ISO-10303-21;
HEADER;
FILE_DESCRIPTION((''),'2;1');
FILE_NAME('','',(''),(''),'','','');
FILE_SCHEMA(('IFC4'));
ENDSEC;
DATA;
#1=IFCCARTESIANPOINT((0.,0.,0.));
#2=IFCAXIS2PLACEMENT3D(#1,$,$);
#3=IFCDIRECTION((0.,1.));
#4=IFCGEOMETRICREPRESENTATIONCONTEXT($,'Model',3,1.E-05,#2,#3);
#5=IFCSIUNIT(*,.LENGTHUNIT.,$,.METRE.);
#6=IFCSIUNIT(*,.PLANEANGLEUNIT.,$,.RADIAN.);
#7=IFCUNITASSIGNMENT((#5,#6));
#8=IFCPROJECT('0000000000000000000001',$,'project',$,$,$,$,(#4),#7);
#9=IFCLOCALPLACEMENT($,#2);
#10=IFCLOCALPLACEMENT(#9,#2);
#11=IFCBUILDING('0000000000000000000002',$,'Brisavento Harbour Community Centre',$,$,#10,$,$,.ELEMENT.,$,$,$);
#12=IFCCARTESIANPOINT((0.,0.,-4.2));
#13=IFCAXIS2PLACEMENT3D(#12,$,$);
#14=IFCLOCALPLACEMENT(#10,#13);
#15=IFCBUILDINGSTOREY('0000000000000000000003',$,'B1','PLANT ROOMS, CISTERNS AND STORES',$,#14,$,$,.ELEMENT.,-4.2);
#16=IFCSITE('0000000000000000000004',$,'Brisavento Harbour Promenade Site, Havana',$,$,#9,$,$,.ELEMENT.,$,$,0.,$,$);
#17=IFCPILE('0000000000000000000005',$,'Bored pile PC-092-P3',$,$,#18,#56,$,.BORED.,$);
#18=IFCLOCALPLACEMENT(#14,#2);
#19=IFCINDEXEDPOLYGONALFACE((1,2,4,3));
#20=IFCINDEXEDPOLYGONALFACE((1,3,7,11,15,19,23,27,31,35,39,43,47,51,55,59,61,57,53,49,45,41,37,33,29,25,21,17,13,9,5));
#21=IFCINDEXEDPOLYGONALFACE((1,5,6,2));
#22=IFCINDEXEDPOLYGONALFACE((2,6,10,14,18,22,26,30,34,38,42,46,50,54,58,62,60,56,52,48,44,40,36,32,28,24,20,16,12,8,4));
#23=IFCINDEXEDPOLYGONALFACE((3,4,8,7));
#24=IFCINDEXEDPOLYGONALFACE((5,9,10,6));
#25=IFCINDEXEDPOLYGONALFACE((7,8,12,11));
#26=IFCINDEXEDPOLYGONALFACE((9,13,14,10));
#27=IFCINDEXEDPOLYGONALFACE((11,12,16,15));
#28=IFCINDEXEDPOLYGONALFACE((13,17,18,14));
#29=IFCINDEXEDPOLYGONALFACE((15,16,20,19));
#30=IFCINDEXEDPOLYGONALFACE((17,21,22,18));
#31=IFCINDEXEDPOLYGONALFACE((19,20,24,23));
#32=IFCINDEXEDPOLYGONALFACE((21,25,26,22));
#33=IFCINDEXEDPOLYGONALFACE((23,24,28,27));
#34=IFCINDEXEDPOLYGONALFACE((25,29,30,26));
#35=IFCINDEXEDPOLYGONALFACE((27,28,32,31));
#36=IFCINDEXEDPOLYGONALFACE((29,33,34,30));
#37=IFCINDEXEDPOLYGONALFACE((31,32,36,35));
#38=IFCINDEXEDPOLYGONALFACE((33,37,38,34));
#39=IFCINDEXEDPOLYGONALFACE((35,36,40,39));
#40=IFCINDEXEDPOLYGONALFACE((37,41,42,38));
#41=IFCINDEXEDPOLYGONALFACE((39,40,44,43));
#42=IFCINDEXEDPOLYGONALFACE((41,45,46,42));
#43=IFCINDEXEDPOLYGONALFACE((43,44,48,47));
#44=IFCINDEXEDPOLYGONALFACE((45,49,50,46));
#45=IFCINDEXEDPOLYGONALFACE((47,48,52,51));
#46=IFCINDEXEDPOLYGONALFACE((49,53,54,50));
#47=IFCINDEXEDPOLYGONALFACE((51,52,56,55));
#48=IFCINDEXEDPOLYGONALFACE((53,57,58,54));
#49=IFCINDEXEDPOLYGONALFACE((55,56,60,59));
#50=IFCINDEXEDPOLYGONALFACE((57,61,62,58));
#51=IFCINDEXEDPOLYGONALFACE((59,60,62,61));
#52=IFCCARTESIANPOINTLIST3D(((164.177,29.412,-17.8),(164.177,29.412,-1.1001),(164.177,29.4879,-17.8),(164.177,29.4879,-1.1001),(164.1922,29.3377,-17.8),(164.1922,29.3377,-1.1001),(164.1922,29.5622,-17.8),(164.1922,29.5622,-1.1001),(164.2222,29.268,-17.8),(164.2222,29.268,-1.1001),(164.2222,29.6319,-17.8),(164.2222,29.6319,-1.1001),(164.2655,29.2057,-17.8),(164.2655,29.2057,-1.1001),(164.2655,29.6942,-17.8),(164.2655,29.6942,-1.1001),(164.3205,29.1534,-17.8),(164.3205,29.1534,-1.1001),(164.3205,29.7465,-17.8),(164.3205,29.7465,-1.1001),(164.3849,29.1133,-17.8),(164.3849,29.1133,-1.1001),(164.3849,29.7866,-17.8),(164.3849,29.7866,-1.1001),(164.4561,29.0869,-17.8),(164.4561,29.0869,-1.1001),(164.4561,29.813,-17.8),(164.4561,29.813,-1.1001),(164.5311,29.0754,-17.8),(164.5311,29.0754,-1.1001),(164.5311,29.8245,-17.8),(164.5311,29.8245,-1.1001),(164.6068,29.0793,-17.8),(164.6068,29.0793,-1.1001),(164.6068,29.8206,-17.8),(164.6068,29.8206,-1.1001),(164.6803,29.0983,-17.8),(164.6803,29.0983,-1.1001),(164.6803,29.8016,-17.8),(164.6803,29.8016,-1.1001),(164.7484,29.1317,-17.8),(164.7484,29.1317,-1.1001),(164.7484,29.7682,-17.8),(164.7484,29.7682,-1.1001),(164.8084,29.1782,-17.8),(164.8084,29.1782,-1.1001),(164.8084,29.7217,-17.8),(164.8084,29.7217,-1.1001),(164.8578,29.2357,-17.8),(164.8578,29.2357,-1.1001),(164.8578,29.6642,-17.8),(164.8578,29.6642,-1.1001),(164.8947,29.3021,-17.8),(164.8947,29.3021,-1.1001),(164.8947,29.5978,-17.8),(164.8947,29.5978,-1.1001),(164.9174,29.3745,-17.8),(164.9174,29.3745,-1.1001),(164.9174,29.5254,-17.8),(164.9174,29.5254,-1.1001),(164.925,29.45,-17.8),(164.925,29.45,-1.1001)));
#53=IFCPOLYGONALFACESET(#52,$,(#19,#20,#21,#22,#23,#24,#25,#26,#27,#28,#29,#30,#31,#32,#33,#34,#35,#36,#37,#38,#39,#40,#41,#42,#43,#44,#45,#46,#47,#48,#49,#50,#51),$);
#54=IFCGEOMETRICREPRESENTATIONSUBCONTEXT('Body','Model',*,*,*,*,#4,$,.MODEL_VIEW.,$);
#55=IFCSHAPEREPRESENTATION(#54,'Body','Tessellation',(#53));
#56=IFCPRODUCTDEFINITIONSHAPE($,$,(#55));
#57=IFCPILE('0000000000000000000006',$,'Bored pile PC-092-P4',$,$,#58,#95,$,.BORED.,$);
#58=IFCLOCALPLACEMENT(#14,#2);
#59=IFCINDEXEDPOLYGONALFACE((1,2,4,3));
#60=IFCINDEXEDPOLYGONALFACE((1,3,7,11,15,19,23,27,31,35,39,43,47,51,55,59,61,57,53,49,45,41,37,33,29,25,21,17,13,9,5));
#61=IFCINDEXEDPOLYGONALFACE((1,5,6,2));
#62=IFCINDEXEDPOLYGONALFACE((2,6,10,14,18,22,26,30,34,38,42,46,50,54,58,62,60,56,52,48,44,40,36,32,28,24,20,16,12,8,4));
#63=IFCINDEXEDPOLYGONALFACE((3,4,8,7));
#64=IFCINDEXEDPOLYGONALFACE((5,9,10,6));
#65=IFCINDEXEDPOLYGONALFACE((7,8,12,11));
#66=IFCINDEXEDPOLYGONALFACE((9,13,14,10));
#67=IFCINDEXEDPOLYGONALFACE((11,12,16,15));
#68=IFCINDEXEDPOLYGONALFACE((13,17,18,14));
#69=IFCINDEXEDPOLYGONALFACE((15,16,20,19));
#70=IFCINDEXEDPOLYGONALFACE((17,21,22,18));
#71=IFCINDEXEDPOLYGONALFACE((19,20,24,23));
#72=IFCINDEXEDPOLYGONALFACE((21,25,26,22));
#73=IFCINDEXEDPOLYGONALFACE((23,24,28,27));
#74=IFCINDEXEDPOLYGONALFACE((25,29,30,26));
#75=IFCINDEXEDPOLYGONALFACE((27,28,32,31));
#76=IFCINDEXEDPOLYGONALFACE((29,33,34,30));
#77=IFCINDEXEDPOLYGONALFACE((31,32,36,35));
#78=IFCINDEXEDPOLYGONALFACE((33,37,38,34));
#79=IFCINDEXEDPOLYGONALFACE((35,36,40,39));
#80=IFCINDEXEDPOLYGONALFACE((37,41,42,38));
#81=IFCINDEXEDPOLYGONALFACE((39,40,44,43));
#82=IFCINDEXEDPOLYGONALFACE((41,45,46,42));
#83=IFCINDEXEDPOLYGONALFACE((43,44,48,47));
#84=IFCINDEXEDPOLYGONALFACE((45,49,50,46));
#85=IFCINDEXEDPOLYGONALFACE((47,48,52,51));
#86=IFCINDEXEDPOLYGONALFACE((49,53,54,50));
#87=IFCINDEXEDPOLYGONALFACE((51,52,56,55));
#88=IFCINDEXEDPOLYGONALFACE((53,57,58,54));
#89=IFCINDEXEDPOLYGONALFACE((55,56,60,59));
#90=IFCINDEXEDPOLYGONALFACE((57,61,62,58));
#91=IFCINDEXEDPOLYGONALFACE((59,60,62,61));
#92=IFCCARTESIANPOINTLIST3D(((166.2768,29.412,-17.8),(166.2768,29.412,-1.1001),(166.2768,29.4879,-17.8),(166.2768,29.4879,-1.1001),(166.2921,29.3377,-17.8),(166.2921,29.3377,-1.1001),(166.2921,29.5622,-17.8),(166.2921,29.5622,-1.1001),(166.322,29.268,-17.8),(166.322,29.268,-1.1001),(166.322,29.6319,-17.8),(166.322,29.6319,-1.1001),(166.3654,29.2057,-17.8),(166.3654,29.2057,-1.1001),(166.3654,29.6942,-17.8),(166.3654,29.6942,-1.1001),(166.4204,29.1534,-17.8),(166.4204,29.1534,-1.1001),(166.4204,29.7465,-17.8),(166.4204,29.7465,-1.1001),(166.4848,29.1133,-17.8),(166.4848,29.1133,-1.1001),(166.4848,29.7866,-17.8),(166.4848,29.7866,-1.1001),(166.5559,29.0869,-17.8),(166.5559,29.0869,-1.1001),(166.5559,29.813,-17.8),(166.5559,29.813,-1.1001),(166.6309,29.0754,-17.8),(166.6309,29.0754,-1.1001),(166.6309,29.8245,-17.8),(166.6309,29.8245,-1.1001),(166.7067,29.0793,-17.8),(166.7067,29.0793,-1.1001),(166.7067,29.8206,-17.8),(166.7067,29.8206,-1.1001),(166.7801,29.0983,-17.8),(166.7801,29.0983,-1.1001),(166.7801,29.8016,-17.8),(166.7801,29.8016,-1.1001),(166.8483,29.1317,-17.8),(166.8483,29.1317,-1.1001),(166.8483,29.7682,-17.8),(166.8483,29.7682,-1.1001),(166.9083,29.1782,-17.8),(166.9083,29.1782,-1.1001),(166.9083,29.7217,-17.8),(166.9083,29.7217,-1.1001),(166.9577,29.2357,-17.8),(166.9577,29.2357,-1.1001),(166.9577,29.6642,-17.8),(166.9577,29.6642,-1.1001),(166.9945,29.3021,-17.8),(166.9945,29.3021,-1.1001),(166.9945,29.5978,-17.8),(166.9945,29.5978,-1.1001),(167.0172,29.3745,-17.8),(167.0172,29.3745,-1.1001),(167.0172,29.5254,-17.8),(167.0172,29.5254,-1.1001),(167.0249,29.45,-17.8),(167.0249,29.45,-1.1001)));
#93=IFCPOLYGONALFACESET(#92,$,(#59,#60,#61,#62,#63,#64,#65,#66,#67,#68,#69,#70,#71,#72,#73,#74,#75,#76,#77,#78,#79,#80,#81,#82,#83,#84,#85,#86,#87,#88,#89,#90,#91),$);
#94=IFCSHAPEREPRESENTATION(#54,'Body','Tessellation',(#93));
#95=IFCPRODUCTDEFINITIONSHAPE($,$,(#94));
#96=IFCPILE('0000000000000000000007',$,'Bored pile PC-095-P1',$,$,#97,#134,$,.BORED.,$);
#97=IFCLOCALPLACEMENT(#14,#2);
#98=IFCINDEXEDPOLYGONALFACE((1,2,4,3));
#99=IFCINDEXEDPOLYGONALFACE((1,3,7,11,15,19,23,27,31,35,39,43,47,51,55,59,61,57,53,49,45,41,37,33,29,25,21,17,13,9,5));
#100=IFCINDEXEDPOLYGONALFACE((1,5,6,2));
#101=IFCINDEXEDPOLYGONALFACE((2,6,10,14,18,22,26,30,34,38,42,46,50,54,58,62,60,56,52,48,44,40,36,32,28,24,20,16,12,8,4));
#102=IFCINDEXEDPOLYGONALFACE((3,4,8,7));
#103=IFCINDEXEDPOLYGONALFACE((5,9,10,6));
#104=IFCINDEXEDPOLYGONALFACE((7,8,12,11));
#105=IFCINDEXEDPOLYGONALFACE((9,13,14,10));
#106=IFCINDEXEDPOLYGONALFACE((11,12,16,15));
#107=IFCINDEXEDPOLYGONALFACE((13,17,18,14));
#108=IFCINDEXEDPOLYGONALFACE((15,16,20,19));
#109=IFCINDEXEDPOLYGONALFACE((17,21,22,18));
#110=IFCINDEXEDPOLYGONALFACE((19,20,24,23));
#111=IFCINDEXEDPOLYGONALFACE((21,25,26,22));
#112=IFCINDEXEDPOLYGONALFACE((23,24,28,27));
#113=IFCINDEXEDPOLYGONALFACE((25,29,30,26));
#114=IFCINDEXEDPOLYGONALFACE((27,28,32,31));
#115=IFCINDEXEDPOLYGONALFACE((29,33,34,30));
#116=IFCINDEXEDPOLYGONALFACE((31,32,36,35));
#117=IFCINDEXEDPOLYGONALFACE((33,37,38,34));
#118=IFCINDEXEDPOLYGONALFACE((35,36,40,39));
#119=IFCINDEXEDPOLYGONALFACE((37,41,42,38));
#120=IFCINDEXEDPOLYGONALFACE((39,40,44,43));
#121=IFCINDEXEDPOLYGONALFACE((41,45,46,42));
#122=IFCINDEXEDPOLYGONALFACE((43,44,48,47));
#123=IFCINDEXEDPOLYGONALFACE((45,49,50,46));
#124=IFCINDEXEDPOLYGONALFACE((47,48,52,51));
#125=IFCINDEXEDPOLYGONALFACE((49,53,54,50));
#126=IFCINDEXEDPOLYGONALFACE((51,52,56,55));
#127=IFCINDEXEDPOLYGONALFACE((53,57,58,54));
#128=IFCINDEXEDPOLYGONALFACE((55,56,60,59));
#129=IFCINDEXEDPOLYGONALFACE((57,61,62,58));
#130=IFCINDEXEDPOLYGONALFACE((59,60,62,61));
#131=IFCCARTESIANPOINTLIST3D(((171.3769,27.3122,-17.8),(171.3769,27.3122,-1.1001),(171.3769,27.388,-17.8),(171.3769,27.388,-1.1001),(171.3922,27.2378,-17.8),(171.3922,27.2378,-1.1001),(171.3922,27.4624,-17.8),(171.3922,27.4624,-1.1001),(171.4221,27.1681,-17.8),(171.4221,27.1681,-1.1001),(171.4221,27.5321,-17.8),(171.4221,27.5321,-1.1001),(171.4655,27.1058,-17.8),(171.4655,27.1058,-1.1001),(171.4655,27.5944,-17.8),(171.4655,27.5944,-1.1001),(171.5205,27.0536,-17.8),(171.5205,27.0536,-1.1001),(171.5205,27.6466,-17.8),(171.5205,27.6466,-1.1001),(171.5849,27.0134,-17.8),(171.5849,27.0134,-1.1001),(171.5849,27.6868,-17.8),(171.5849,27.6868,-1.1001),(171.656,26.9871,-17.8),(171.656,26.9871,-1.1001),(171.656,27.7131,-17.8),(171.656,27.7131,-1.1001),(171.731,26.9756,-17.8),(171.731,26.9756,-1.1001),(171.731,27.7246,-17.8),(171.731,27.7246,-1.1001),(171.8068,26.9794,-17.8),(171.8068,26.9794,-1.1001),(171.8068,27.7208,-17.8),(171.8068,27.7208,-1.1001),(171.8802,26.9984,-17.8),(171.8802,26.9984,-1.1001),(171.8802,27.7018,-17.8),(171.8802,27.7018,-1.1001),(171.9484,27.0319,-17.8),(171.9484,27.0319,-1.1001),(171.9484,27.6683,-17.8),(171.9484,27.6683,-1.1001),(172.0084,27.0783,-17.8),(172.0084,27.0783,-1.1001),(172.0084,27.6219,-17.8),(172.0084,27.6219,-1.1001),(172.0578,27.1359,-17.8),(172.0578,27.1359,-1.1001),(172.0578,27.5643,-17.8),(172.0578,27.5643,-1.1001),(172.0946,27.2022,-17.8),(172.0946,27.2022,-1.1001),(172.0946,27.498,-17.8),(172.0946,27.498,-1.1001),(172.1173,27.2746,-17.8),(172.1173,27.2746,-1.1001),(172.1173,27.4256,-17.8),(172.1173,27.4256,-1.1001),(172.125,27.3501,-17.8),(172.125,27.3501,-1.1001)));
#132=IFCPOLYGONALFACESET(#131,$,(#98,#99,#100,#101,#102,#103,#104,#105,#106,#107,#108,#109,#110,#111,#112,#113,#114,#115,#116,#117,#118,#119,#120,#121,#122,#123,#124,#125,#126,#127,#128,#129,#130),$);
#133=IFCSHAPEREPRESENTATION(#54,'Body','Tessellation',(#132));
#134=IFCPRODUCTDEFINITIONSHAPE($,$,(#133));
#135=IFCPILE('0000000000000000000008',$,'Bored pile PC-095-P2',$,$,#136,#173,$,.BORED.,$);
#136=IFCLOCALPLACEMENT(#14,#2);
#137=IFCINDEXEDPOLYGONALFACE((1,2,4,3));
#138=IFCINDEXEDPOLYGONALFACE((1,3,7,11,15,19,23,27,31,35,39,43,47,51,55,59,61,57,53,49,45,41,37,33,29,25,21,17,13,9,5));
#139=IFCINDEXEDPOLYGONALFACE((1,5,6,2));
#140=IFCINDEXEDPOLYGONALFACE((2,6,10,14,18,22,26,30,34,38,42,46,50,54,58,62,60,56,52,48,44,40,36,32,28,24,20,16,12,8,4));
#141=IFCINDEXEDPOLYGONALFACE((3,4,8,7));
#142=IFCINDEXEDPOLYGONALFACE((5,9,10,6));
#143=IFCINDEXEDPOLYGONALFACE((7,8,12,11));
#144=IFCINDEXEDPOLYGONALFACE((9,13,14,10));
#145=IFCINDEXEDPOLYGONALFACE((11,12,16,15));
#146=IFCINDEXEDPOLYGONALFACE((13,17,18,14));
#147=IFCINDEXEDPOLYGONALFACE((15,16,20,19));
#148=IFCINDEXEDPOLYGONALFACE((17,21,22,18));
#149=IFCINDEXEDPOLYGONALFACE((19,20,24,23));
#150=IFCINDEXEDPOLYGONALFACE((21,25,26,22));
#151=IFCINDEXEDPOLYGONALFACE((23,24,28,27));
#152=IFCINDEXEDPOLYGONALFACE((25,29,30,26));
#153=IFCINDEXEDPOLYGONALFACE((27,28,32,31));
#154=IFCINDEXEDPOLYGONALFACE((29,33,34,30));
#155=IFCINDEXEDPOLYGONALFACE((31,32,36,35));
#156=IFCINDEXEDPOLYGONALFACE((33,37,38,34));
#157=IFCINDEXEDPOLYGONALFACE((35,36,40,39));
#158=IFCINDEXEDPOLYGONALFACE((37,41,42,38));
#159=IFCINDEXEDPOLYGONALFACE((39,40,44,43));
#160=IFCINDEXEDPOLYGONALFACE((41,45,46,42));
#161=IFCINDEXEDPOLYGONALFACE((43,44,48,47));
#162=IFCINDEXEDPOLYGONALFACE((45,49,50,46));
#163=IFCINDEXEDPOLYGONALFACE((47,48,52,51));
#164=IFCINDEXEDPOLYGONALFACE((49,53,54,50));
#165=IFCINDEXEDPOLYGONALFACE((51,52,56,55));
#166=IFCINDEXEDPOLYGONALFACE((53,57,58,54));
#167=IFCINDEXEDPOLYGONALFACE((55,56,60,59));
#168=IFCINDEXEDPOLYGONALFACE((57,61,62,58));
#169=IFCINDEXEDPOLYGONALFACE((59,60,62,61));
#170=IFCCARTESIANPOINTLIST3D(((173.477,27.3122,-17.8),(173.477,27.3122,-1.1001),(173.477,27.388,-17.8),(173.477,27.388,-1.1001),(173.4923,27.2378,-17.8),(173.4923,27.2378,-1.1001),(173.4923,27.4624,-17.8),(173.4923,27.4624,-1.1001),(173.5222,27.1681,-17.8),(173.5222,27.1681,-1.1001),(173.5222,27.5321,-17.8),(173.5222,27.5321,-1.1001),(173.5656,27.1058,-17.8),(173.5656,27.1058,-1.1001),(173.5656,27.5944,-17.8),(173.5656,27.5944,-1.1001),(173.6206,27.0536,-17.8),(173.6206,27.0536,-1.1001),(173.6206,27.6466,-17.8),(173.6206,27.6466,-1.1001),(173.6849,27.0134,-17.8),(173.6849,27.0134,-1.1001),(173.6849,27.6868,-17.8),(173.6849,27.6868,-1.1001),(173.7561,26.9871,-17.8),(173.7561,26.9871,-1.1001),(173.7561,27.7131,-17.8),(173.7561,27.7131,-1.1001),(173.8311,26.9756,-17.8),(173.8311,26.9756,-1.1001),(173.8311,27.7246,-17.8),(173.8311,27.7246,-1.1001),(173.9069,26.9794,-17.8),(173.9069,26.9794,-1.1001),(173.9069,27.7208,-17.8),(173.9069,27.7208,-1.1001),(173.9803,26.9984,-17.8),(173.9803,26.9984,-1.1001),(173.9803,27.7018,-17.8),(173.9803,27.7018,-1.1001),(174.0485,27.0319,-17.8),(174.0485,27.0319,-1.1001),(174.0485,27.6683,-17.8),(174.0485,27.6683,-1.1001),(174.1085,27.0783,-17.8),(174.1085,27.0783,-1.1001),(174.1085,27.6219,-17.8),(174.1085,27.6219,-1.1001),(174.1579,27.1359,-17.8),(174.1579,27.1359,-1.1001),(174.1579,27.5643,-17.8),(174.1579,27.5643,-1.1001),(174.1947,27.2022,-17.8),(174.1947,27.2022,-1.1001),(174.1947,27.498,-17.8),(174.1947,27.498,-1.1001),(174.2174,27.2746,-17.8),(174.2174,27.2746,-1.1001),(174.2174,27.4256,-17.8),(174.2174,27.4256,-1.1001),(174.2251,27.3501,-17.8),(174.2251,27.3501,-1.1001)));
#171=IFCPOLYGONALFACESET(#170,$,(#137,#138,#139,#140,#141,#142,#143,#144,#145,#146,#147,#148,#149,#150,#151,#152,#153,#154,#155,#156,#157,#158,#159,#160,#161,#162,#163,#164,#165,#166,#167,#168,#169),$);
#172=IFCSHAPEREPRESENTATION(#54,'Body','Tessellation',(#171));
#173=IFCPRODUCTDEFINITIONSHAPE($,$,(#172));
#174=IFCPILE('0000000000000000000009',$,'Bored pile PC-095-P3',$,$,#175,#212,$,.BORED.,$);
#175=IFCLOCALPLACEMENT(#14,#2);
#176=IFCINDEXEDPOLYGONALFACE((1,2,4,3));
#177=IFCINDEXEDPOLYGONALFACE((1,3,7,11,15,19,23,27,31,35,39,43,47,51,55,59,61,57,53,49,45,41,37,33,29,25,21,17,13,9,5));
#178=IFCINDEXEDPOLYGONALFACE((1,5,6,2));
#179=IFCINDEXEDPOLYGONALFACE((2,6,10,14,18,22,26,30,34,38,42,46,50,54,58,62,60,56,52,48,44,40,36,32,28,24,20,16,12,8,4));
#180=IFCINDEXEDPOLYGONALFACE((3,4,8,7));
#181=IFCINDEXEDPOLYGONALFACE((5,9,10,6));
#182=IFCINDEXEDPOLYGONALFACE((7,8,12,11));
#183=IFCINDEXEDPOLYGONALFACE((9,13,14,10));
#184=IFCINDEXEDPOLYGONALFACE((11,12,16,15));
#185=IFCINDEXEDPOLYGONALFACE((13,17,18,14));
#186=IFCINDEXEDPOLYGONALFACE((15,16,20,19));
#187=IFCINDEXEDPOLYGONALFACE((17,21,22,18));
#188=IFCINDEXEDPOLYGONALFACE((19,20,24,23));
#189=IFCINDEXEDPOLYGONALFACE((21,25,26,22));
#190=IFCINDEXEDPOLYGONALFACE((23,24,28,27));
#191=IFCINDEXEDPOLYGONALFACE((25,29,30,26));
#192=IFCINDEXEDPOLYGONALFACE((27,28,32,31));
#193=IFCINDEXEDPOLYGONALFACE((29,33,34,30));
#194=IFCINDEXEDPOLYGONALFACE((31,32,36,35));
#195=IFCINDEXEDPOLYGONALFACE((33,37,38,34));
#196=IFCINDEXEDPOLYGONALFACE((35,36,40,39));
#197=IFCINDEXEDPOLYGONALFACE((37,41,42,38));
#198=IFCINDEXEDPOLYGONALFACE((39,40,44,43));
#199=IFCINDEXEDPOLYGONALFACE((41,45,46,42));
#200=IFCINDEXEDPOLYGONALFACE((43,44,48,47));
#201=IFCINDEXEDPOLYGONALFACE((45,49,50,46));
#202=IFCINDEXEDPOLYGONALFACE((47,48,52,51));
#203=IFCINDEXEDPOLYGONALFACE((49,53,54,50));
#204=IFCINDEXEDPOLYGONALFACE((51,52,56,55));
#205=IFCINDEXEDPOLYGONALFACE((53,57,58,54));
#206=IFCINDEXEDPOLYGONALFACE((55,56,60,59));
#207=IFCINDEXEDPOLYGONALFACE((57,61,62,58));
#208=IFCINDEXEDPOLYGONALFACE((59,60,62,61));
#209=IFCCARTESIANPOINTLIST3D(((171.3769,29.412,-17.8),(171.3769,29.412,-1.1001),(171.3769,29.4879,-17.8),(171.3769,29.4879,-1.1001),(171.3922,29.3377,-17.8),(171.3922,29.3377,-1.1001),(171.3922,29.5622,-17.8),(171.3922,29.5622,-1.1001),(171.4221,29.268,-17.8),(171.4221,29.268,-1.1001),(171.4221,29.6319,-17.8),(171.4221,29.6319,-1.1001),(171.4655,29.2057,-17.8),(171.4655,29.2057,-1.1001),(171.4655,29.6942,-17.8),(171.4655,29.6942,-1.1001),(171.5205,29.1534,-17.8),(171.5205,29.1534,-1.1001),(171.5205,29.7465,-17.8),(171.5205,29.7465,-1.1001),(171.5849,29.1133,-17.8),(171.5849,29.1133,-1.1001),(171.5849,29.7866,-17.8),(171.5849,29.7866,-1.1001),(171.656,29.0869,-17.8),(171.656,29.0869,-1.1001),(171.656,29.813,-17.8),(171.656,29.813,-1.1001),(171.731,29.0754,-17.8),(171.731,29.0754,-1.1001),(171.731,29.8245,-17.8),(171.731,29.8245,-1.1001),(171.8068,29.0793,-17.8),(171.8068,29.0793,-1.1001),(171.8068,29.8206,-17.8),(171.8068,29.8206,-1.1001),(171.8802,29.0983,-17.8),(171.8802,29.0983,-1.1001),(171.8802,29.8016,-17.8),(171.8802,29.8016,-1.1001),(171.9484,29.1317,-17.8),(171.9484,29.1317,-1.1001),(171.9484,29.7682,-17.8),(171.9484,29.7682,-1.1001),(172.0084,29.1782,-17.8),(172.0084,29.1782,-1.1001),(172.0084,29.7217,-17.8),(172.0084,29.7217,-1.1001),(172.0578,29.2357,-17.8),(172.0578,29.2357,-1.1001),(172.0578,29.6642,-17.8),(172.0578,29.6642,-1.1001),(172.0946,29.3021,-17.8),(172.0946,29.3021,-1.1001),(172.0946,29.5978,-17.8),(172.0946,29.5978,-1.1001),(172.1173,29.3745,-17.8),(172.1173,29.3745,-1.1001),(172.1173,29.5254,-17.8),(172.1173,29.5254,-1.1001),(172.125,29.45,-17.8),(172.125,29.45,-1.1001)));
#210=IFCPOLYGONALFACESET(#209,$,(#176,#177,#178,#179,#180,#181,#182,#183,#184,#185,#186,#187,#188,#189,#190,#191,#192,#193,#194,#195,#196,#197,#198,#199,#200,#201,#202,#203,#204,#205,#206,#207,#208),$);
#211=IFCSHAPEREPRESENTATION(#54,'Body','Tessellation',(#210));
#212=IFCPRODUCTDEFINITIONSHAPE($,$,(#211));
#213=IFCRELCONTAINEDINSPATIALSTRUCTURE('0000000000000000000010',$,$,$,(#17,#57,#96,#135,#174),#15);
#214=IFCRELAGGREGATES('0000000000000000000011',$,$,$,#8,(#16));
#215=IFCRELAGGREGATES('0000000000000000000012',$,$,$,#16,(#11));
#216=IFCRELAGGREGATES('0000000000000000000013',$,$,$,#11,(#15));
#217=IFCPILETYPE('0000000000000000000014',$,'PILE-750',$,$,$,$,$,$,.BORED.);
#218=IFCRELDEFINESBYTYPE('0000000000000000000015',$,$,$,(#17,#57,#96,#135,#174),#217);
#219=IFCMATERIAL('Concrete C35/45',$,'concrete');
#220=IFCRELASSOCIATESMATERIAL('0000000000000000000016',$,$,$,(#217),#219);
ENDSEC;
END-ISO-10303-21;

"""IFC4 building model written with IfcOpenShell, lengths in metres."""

from ifc_helpers import new_model, si_unit, direction, frame, origin, origin_2d, place, context, subcontext, project, spatial, circle, extrude, material, material_profile, profile_set, type_object, element, save


model = new_model("IFC4")

# Units and contexts
model_context = context("Model", 3, precision=1e-05, world=origin(), true_north=direction((0.0, 1.0)))
body_context = subcontext(model_context, "Body", "Model", "MODEL_VIEW")
ifc_project = project(units=[si_unit("LENGTHUNIT", "METRE"), si_unit("PLANEANGLEUNIT", "RADIAN")], contexts=[model_context])

# Site, building, storey
site_placement = place(None, origin())
site = spatial("IfcSite", under=ifc_project, at=site_placement, Name="Brisavento Harbour Promenade Site, Havana", CompositionType="ELEMENT", RefElevation=0.0)
building_placement = place(site_placement, origin())
building = spatial("IfcBuilding", under=site, at=building_placement, Name="Brisavento Harbour Community Centre", CompositionType="ELEMENT")
storey_placement = place(building_placement, frame((0.0, 0.0, -4.2)))
storey = spatial("IfcBuildingStorey", under=building, at=storey_placement, Name="B1", Description="PLANT ROOMS, CISTERNS AND STORES", CompositionType="ELEMENT", Elevation=-4.2)

# Shared definitions
ifc_material_1 = material(Name="Concrete C35/45", Category="concrete")

# Piles
ifc_material_profile_1 = material_profile(ifc_material_1, circle(Radius=0.375, at=origin_2d()), Name="Concrete C35/45")
ifc_profile_set_1 = profile_set([ifc_material_profile_1], Name="Concrete C35/45")
pile_type_1 = type_object("IfcPileType", Name="PILE-750", PredefinedType="BORED", material=ifc_profile_set_1)
for number, where, z_axis, x_axis, name in (
    (1, (164.55, 29.45, -1.1001), (0.0, 0.0, -1.0), (1.0, 0.0, 0.0), "Bored pile PC-092-P3"),
    (2, (166.6499, 29.45, -1.1001), (0.0, 0.0, -1.0), (1.0, 0.0, 0.0), "Bored pile PC-092-P4"),
    (3, (171.75, 27.3501, -1.1001), (0.0, 0.0, -1.0), (1.0, 0.0, 0.0), "Bored pile PC-095-P1"),
    (4, (173.8501, 27.3501, -1.1001), (0.0, 0.0, -1.0), (1.0, 0.0, 0.0), "Bored pile PC-095-P2"),
    (5, (171.75, 29.45, -1.1001), (0.0, 0.0, -1.0), (1.0, 0.0, 0.0), "Bored pile PC-095-P3"),
):
    element("IfcPile", number, at=place(storey_placement, frame(where, z_axis=z_axis, x_axis=x_axis)), inside=storey, type_object=pile_type_1, Name=name, PredefinedType="BORED", context=body_context, shape_type="SweptSolid", body=[
        extrude(circle(Radius=0.375, at=origin_2d()), origin(), (0.0, 0.0, 1.0), 16.7),
    ])

save(model, "model.ifc")
